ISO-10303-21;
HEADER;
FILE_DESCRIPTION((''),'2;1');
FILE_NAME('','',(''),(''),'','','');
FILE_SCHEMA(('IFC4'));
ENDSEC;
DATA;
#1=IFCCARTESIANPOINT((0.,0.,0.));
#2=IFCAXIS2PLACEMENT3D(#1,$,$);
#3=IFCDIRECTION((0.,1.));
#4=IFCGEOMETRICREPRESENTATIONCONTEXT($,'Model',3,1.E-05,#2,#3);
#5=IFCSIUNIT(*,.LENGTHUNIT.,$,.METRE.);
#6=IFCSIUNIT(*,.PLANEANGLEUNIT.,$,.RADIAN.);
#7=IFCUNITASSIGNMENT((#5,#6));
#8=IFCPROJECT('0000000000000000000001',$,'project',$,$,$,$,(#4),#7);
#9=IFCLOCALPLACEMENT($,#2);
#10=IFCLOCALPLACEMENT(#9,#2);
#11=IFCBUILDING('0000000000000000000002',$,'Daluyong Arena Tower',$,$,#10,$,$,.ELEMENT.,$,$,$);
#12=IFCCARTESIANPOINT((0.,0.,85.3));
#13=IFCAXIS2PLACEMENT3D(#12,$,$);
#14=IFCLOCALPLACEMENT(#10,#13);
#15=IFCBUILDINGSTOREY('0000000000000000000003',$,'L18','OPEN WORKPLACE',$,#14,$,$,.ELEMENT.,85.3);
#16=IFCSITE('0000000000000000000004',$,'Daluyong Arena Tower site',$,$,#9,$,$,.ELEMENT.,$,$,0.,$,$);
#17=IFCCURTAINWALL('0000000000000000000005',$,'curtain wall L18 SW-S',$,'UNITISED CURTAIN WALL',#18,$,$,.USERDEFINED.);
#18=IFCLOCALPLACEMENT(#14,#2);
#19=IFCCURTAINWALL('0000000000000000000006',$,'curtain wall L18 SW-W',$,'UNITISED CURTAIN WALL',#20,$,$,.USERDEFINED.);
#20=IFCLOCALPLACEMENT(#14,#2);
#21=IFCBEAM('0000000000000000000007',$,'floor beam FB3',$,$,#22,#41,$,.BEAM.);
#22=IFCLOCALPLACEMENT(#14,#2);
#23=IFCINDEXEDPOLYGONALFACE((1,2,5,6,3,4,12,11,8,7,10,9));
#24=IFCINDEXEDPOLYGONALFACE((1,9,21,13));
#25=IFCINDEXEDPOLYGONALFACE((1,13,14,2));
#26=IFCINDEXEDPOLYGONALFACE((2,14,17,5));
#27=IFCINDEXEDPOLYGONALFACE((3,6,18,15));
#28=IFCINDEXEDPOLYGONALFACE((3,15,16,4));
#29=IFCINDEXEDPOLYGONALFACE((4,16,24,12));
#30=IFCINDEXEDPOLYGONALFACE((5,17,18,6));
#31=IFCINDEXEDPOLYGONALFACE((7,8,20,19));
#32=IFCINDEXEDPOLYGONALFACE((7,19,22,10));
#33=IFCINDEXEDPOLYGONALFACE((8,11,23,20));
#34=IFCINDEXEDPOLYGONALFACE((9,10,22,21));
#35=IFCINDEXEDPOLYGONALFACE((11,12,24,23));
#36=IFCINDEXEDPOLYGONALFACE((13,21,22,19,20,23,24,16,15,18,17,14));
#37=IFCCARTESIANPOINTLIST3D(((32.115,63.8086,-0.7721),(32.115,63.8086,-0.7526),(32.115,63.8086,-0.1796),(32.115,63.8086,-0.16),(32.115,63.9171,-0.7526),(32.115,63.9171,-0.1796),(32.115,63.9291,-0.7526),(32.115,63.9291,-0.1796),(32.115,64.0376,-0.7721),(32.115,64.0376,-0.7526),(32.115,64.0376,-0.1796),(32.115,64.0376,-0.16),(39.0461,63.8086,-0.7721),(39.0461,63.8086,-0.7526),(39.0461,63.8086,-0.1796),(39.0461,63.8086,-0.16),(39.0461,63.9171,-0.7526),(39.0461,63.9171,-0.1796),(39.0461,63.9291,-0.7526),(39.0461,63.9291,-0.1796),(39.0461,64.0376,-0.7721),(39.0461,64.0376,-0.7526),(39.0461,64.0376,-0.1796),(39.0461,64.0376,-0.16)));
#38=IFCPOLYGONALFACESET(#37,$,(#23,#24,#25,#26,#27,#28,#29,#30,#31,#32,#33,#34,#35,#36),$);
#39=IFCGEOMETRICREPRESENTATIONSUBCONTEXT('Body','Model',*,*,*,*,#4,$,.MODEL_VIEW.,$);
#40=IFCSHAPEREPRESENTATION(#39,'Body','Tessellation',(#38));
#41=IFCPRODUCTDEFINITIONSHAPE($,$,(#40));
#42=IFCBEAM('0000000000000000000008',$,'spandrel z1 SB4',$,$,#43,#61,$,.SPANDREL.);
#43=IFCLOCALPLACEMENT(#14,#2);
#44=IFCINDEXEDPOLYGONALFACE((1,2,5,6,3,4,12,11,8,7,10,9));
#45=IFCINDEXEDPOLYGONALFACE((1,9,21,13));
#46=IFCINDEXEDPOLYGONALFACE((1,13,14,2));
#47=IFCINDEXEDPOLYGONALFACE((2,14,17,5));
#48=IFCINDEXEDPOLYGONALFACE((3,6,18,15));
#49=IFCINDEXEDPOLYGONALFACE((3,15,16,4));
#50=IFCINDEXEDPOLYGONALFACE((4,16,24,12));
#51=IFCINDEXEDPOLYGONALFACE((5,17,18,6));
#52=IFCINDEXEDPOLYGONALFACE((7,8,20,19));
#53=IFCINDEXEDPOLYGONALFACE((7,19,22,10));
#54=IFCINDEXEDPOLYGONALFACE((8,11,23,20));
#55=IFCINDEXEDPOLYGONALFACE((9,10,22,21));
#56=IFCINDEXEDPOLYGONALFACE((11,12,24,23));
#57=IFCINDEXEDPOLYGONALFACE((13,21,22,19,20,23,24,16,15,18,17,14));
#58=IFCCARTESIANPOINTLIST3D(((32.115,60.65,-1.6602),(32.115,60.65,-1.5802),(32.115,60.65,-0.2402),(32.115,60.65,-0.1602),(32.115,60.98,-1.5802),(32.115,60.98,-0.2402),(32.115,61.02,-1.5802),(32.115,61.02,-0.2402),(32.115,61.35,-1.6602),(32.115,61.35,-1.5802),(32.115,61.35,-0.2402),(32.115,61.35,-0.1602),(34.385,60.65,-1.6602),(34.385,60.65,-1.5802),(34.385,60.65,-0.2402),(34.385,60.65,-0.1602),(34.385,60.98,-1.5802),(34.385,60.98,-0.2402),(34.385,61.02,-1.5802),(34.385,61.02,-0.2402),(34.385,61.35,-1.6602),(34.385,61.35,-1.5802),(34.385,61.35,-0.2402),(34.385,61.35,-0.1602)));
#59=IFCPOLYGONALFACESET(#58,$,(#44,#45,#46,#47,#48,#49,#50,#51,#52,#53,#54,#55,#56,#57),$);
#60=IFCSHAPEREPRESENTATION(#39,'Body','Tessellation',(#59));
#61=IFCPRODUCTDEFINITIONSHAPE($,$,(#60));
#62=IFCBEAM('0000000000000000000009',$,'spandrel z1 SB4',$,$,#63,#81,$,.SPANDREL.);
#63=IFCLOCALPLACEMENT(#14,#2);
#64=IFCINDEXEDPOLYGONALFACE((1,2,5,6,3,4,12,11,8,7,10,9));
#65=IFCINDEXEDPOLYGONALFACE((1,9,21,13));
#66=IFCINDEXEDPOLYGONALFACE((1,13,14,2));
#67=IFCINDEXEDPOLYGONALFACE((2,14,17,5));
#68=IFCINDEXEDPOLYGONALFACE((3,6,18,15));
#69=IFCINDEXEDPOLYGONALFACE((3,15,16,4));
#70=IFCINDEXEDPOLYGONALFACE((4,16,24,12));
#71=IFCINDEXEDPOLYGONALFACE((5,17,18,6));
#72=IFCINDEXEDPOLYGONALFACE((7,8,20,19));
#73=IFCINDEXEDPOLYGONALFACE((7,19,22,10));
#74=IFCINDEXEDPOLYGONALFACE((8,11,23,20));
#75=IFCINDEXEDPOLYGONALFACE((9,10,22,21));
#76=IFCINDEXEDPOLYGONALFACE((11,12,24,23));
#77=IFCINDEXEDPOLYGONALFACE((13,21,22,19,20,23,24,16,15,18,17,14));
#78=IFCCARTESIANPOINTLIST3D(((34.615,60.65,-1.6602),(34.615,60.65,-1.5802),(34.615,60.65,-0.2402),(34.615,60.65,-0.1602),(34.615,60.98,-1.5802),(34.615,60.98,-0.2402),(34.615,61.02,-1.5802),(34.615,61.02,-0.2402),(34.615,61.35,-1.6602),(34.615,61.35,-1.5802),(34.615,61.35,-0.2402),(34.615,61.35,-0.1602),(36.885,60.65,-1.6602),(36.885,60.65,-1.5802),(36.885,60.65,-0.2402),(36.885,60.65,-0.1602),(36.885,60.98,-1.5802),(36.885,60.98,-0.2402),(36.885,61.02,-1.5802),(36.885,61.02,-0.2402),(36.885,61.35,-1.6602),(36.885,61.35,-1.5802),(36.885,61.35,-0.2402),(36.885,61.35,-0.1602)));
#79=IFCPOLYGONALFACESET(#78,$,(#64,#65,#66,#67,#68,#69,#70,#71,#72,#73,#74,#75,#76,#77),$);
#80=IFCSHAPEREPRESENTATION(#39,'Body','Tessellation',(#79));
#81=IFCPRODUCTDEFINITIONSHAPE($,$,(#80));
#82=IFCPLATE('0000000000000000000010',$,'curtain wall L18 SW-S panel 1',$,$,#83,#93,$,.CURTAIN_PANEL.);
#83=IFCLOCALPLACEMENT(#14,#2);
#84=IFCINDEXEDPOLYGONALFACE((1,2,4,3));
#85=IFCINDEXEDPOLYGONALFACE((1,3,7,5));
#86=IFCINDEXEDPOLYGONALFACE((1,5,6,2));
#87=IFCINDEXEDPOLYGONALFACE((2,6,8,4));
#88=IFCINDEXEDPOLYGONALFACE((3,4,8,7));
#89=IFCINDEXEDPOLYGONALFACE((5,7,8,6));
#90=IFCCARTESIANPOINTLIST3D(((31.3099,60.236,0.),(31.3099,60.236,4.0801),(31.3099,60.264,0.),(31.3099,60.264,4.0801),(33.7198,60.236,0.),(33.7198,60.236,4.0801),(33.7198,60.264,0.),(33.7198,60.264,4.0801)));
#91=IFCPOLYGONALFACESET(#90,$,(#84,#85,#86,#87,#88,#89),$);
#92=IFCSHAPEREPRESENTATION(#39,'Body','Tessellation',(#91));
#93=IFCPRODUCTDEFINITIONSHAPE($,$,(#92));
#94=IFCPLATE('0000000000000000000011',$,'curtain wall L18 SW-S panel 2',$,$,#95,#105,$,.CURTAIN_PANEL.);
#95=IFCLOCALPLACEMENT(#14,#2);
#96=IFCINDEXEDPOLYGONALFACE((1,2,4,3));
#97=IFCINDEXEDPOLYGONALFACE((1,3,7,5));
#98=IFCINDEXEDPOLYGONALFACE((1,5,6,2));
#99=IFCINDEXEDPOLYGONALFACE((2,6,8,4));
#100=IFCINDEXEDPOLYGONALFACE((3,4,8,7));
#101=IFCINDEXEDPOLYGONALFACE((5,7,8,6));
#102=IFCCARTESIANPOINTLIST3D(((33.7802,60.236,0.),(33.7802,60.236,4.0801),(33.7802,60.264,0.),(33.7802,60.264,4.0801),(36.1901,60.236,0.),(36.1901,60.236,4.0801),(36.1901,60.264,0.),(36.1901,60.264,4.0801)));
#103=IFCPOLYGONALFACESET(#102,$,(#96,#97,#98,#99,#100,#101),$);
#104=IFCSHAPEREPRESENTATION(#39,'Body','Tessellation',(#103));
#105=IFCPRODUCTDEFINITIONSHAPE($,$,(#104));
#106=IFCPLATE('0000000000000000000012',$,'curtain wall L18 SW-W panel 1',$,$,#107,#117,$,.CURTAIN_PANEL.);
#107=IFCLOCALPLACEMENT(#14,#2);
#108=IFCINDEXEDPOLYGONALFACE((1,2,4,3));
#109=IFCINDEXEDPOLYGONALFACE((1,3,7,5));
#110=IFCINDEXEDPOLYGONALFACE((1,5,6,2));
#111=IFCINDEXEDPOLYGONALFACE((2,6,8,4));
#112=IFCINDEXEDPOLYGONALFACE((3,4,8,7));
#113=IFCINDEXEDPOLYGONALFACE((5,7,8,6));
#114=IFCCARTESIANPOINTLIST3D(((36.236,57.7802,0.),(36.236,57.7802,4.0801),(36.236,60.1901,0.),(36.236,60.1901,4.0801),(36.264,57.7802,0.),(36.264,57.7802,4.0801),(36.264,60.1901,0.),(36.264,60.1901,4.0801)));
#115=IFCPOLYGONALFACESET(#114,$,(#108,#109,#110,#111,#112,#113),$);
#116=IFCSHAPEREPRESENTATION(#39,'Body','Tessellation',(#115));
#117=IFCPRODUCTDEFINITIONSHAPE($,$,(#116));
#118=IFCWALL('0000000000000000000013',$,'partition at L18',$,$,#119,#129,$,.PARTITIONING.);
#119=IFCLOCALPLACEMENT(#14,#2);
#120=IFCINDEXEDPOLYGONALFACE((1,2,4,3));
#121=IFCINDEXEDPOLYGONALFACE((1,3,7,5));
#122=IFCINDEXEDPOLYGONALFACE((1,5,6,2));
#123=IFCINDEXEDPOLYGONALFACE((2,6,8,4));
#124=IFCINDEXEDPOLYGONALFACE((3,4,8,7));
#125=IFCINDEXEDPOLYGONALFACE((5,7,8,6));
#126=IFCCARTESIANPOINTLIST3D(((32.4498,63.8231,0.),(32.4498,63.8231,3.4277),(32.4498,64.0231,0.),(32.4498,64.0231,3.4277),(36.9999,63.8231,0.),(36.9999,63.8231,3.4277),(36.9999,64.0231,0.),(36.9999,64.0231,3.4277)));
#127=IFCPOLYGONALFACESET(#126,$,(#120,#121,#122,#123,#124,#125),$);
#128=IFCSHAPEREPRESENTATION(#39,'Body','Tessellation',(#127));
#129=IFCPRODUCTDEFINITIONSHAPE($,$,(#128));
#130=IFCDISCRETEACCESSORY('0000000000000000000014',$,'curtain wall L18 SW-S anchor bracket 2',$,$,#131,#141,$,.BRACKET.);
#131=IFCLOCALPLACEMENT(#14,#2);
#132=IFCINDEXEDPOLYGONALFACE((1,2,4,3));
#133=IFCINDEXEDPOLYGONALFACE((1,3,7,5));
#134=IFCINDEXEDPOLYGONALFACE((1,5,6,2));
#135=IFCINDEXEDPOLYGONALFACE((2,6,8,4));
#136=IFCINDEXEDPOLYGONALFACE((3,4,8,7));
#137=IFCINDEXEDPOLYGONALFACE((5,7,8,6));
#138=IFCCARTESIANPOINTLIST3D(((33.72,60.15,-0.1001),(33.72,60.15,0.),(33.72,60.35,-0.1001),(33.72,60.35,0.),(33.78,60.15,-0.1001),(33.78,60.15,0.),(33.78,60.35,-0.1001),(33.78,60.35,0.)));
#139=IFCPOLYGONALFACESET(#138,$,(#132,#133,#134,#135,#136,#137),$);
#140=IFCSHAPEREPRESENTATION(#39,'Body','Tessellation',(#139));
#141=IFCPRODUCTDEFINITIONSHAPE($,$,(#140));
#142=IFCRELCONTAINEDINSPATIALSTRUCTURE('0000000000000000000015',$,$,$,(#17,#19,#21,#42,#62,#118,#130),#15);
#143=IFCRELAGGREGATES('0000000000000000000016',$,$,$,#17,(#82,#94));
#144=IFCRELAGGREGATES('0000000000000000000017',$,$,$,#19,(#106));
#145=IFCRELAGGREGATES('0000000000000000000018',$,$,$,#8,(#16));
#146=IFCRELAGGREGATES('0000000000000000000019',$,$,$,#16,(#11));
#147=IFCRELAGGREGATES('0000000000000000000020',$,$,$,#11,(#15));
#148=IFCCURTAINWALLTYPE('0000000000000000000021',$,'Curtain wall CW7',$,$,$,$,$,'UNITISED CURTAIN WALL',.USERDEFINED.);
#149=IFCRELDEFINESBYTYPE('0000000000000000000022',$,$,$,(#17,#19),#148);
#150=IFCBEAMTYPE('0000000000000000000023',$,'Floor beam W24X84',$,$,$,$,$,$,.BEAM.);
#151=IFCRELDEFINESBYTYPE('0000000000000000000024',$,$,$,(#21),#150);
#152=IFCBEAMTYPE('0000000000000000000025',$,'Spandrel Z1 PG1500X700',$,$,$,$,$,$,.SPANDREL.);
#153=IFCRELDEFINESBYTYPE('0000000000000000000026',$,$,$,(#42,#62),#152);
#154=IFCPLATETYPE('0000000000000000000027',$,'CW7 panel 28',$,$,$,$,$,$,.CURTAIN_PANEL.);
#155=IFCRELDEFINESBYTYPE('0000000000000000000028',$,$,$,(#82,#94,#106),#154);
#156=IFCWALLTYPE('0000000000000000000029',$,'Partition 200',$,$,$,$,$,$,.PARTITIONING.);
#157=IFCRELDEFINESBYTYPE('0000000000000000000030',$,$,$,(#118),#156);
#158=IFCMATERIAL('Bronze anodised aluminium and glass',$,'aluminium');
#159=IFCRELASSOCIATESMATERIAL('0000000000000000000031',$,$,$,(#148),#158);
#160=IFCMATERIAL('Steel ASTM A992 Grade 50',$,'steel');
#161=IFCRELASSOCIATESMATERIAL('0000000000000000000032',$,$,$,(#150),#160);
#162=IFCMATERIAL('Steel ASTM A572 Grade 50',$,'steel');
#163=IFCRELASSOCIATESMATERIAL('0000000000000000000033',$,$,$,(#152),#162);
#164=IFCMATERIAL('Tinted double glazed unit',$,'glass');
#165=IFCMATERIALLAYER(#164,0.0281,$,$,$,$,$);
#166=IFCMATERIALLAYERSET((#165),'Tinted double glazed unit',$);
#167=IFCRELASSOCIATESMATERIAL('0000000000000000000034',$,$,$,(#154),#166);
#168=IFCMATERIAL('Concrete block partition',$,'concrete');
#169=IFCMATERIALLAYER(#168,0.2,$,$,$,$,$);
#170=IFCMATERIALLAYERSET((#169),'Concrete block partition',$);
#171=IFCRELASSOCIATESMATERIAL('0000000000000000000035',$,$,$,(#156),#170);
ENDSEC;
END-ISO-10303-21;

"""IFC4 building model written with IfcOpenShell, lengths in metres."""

from ifc_helpers import new_model, si_unit, direction, frame, frame_2d, origin, origin_2d, place, context, subcontext, project, spatial, rectangle, i_section, extrude, material, layer, layer_set, material_profile, profile_set, type_object, element, aggregate, save


model = new_model("IFC4")

# Units and contexts
model_context = context("Model", 3, precision=1e-05, world=origin(), true_north=direction((0.0, 1.0)))
body_context = subcontext(model_context, "Body", "Model", "MODEL_VIEW")
ifc_project = project(units=[si_unit("LENGTHUNIT", "METRE"), si_unit("PLANEANGLEUNIT", "RADIAN")], contexts=[model_context])

# Site, building, storey
site_placement = place(None, origin())
site = spatial("IfcSite", under=ifc_project, at=site_placement, Name="Daluyong Arena Tower site", CompositionType="ELEMENT", RefElevation=0.0)
building_placement = place(site_placement, origin())
building = spatial("IfcBuilding", under=site, at=building_placement, Name="Daluyong Arena Tower", CompositionType="ELEMENT")
storey_placement = place(building_placement, frame((0.0, 0.0, 85.3)))
storey = spatial("IfcBuildingStorey", under=building, at=storey_placement, Name="L18", Description="OPEN WORKPLACE", CompositionType="ELEMENT", Elevation=85.3)

# Curtain wall
ifc_material_1 = material(Name="Bronze anodised aluminium and glass", Category="aluminium")
curtain_wall_type = type_object("IfcCurtainWallType", Name="Curtain wall CW7", ElementType="UNITISED CURTAIN WALL", PredefinedType="USERDEFINED", material=ifc_material_1)
curtain_wall_1_placement = place(storey_placement, origin())
curtain_wall_1 = element("IfcCurtainWall", 1, at=curtain_wall_1_placement, inside=storey, type_object=curtain_wall_type, Name="curtain wall L18 SW-S", ObjectType="UNITISED CURTAIN WALL", PredefinedType="USERDEFINED")

# Curtain wall
curtain_wall_2_placement = place(storey_placement, origin())
curtain_wall_2 = element("IfcCurtainWall", 2, at=curtain_wall_2_placement, inside=storey, type_object=curtain_wall_type, Name="curtain wall L18 SW-W", ObjectType="UNITISED CURTAIN WALL", PredefinedType="USERDEFINED")

# Beams
ifc_material_2 = material(Name="Steel ASTM A992 Grade 50", Category="steel")
ifc_material_profile_1 = material_profile(ifc_material_2, i_section(OverallWidth=0.229, OverallDepth=0.6121, WebThickness=0.012, FlangeThickness=0.0195, at=origin_2d()))
ifc_profile_set_1 = profile_set([ifc_material_profile_1], Name="Steel ASTM A992 Grade 50")
beam_type_1 = type_object("IfcBeamType", Name="Floor beam W24X84", PredefinedType="BEAM", material=ifc_profile_set_1)
beam_1_placement = place(storey_placement, frame((32.115, 63.9231, -0.4661), z_axis=(1.0, 0.0, 0.0), x_axis=(0.0, 1.0, 0.0)))
element("IfcBeam", 3, at=beam_1_placement, inside=storey, type_object=beam_type_1, Name="floor beam FB3", PredefinedType="BEAM", context=body_context, shape_type="SweptSolid", body=[
    extrude(i_section(OverallWidth=0.229, OverallDepth=0.6121, WebThickness=0.012, FlangeThickness=0.0195, at=origin_2d()), origin(), (0.0, 0.0, 1.0), 6.9312),
])
ifc_material_3 = material(Name="Steel ASTM A572 Grade 50", Category="steel")
ifc_material_profile_2 = material_profile(ifc_material_3, i_section(OverallWidth=0.7, OverallDepth=1.5, WebThickness=0.04, FlangeThickness=0.08, at=origin_2d()))
ifc_profile_set_2 = profile_set([ifc_material_profile_2], Name="Steel ASTM A572 Grade 50")
beam_type_2 = type_object("IfcBeamType", Name="Spandrel Z1 PG1500X700", PredefinedType="SPANDREL", material=ifc_profile_set_2)
for number, where, z_axis, x_axis, name in (
    (4, (32.115, 61.0, -0.9102), (1.0, 0.0, 0.0), (0.0, 1.0, 0.0), "spandrel z1 SB4"),
    (5, (34.615, 61.0, -0.9102), (1.0, 0.0, 0.0), (0.0, 1.0, 0.0), "spandrel z1 SB4"),
):
    element("IfcBeam", number, at=place(storey_placement, frame(where, z_axis=z_axis, x_axis=x_axis)), inside=storey, type_object=beam_type_2, Name=name, PredefinedType="SPANDREL", context=body_context, shape_type="SweptSolid", body=[
        extrude(i_section(OverallWidth=0.7, OverallDepth=1.5, WebThickness=0.04, FlangeThickness=0.08, at=origin_2d()), origin(), (0.0, 0.0, 1.0), 2.27),
    ])

# Plates
ifc_material_4 = material(Name="Tinted double glazed unit", Category="glass")
ifc_layer_1 = layer(ifc_material_4, 0.0281)
ifc_layer_set_1 = layer_set([ifc_layer_1], Name="Tinted double glazed unit")
plate_type = type_object("IfcPlateType", Name="CW7 panel 28", PredefinedType="CURTAIN_PANEL", material=ifc_layer_set_1)
plate_1_placement = place(storey_placement, frame((32.5149, 60.25, 0.0), z_axis=(0.0, 0.0, 1.0), x_axis=(1.0, 0.0, 0.0)))
plate_1 = element("IfcPlate", 6, at=plate_1_placement, type_object=plate_type, Name="curtain wall L18 SW-S panel 1", PredefinedType="CURTAIN_PANEL", context=body_context, shape_type="SweptSolid", body=[
    extrude(rectangle(XDim=2.4099, YDim=0.0281, at=origin_2d()), origin(), (0.0, 0.0, 1.0), 4.0801),
])
plate_2_placement = place(storey_placement, frame((34.9851, 60.25, 0.0), z_axis=(0.0, 0.0, 1.0), x_axis=(1.0, 0.0, 0.0)))
plate_2 = element("IfcPlate", 7, at=plate_2_placement, type_object=plate_type, Name="curtain wall L18 SW-S panel 2", PredefinedType="CURTAIN_PANEL", context=body_context, shape_type="SweptSolid", body=[
    extrude(rectangle(XDim=2.4099, YDim=0.0281, at=origin_2d()), origin(), (0.0, 0.0, 1.0), 4.0801),
])
aggregate(curtain_wall_1, [plate_1, plate_2])
plate_3_placement = place(storey_placement, frame((36.25, 58.9851, 0.0), z_axis=(0.0, 0.0, 1.0), x_axis=(0.0, -1.0, 0.0)))
plate_3 = element("IfcPlate", 8, at=plate_3_placement, type_object=plate_type, Name="curtain wall L18 SW-W panel 1", PredefinedType="CURTAIN_PANEL", context=body_context, shape_type="SweptSolid", body=[
    extrude(rectangle(XDim=2.4099, YDim=0.0281, at=origin_2d()), origin(), (0.0, 0.0, 1.0), 4.0801),
])
aggregate(curtain_wall_2, [plate_3])

# Wall
ifc_material_5 = material(Name="Concrete block partition", Category="concrete")
ifc_layer_2 = layer(ifc_material_5, 0.2)
ifc_layer_set_2 = layer_set([ifc_layer_2], Name="Concrete block partition")
wall_type = type_object("IfcWallType", Name="Partition 200", PredefinedType="PARTITIONING", material=ifc_layer_set_2)
wall_placement = place(storey_placement, frame((32.45, 63.9231, 0.0), z_axis=(0.0, 0.0, 1.0), x_axis=(1.0, 0.0, 0.0)))
element("IfcWall", 9, at=wall_placement, inside=storey, type_object=wall_type, Name="partition at L18", PredefinedType="PARTITIONING", context=body_context, shape_type="SweptSolid", body=[
    extrude(rectangle(XDim=4.55, YDim=0.2, at=frame_2d((2.2749, 0.0))), origin(), (0.0, 0.0, 1.0), 3.4277),
])

# Discrete accessory
discrete_accessory_placement = place(storey_placement, frame((33.75, 60.25, -0.1001), z_axis=(0.0, 0.0, 1.0), x_axis=(1.0, 0.0, 0.0)))
element("IfcDiscreteAccessory", 10, at=discrete_accessory_placement, inside=storey, Name="curtain wall L18 SW-S anchor bracket 2", PredefinedType="BRACKET", context=body_context, shape_type="SweptSolid", body=[
    extrude(rectangle(XDim=0.0601, YDim=0.2, at=origin_2d()), origin(), (0.0, 0.0, 1.0), 0.1001),
])

save(model, "model.ifc")
